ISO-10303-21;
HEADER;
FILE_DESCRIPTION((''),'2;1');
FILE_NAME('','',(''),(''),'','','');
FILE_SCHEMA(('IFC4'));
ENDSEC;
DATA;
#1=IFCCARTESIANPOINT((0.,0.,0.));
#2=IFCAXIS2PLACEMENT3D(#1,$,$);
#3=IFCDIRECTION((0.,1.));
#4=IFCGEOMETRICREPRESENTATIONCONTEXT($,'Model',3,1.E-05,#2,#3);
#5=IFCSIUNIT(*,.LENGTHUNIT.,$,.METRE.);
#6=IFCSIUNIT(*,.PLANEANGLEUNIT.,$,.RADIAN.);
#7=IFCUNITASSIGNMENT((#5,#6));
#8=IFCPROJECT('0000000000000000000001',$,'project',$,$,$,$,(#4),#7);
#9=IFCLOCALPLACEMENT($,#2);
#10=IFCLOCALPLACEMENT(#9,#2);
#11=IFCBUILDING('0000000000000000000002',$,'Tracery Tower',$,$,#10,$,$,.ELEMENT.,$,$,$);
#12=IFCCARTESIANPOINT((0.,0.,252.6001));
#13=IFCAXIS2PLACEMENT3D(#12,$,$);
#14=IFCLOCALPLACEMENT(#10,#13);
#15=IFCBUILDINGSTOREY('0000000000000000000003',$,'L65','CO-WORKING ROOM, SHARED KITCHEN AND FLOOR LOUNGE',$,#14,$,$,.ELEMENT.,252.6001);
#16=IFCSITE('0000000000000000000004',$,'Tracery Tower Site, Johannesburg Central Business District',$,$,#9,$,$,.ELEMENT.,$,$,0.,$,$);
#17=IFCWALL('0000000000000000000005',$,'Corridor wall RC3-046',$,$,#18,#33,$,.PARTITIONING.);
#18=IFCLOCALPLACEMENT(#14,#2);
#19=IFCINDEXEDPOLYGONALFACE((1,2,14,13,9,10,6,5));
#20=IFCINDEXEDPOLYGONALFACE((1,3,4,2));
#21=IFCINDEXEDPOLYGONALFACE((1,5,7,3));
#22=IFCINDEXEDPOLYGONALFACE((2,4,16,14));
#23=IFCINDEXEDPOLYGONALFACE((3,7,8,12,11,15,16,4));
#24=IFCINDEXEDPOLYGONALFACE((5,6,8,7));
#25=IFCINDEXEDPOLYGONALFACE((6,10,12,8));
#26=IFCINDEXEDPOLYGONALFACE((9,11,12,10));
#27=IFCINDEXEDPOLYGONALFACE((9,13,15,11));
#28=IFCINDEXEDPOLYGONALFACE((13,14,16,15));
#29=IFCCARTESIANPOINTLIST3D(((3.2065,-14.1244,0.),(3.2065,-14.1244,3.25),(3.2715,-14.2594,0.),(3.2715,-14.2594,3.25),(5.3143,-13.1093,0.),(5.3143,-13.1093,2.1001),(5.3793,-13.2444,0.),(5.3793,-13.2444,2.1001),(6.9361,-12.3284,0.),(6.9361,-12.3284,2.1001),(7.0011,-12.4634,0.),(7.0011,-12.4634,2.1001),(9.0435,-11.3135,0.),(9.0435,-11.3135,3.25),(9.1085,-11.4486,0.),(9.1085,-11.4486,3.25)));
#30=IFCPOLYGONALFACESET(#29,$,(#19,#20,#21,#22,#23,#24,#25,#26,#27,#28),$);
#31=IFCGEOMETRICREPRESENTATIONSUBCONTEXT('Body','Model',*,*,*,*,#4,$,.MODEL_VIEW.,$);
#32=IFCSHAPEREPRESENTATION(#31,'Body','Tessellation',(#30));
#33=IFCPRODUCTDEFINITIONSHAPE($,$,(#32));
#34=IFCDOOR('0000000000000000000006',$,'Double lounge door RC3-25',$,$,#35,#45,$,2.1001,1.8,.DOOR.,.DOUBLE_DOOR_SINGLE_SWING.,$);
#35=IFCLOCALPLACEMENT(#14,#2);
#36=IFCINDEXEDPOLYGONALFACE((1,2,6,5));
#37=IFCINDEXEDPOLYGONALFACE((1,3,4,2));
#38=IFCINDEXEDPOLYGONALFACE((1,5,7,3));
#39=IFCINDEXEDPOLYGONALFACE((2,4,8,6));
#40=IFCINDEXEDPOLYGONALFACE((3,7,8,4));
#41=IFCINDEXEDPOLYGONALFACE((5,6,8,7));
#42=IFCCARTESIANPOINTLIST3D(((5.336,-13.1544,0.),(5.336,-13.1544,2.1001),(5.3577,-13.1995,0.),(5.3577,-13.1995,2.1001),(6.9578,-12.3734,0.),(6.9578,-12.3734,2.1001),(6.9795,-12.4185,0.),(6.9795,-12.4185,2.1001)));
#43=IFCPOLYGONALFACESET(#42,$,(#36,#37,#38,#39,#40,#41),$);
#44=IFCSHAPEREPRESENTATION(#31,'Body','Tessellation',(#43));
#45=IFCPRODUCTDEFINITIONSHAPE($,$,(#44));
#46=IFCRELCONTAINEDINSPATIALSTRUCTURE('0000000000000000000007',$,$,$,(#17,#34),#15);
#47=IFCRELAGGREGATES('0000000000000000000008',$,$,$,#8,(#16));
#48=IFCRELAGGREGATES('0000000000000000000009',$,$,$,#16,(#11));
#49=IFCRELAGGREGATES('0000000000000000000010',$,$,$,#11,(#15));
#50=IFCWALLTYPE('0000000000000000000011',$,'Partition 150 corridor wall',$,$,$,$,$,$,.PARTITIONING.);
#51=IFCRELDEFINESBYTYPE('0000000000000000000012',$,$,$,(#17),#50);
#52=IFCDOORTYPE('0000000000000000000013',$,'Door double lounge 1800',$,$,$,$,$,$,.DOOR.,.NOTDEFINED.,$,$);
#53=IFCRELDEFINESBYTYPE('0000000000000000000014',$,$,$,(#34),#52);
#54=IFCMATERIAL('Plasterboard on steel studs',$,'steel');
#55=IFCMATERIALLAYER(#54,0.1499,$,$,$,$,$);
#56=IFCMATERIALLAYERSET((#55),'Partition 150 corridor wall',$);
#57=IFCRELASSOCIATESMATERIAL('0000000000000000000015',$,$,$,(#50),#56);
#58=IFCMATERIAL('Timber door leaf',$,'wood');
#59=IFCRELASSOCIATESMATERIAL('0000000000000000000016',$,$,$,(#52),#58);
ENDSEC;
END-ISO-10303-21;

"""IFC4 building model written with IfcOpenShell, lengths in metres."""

from ifc_helpers import new_model, si_unit, direction, frame, frame_2d, origin, place, context, subcontext, project, spatial, rectangle, extrude, material, layer, layer_set, type_object, element, fill, save


model = new_model("IFC4")

# Units and contexts
model_context = context("Model", 3, precision=1e-05, world=origin(), true_north=direction((0.0, 1.0)))
body_context = subcontext(model_context, "Body", "Model", "MODEL_VIEW")
ifc_project = project(units=[si_unit("LENGTHUNIT", "METRE"), si_unit("PLANEANGLEUNIT", "RADIAN")], contexts=[model_context])

# Site, building, storey
site_placement = place(None, origin())
site = spatial("IfcSite", under=ifc_project, at=site_placement, Name="Tracery Tower Site, Johannesburg Central Business District", CompositionType="ELEMENT", RefElevation=0.0)
building_placement = place(site_placement, origin())
building = spatial("IfcBuilding", under=site, at=building_placement, Name="Tracery Tower", CompositionType="ELEMENT")
storey_placement = place(building_placement, frame((0.0, 0.0, 252.6001)))
storey = spatial("IfcBuildingStorey", under=building, at=storey_placement, Name="L65", Description="CO-WORKING ROOM, SHARED KITCHEN AND FLOOR LOUNGE", CompositionType="ELEMENT", Elevation=252.6001)

# Shared definitions
ifc_material_1 = material(Name="Plasterboard on steel studs", Category="steel")
ifc_layer_1 = layer(ifc_material_1, 0.1499)
ifc_layer_set_1 = layer_set([ifc_layer_1], Name="Partition 150 corridor wall")
wall_type_1 = type_object("IfcWallType", Name="Partition 150 corridor wall", PredefinedType="PARTITIONING", material=ifc_layer_set_1)

# Wall, opening, door
wall_1_placement = place(storey_placement, frame((3.239, -14.1919, 0.0), z_axis=(0.0, 0.0, 1.0), x_axis=(0.900976, 0.433869, 0.0)))
wall_1 = element("IfcWall", 1, at=wall_1_placement, inside=storey, type_object=wall_type_1, Name="Corridor wall RC3-046", PredefinedType="PARTITIONING", context=body_context, shape_type="SweptSolid", body=[
    extrude(rectangle(XDim=6.4785, YDim=0.1499, at=frame_2d((3.2393, 0.0))), origin(), (0.0, 0.0, 1.0), 3.25),
])
opening_1_placement = place(wall_1_placement, frame((2.3396, 0.0, 0.0)))
opening_1 = element("IfcOpeningElement", 2, at=opening_1_placement, cuts=wall_1, PredefinedType="OPENING", context=body_context, shape_type="SweptSolid", body=[
    extrude(rectangle(XDim=1.8, YDim=2.1001, at=frame_2d((0.8999, 1.05))), frame((0.0, 0.075, 0.0), z_axis=(0.0, -1.0, 0.0), x_axis=(1.0, 0.0, 0.0)), (0.0, 0.0, 1.0), 0.1499),
])
ifc_material_2 = material(Name="Timber door leaf", Category="wood")
door_type = type_object("IfcDoorType", Name="Door double lounge 1800", OperationType="NOTDEFINED", PredefinedType="DOOR", material=ifc_material_2)
door_placement = place(opening_1_placement, origin())
door = element("IfcDoor", 3, at=door_placement, inside=storey, type_object=door_type, Name="Double lounge door RC3-25", OperationType="DOUBLE_DOOR_SINGLE_SWING", OverallHeight=2.1001, OverallWidth=1.8, PredefinedType="DOOR", context=body_context, shape_type="SweptSolid", body=[
    extrude(rectangle(XDim=1.8, YDim=2.1001, at=frame_2d((0.8999, 1.05))), frame((0.0, 0.0249, 0.0), z_axis=(0.0, -1.0, 0.0), x_axis=(1.0, 0.0, 0.0)), (0.0, 0.0, 1.0), 0.05),
])
fill(opening_1, door)

save(model, "model.ifc")
